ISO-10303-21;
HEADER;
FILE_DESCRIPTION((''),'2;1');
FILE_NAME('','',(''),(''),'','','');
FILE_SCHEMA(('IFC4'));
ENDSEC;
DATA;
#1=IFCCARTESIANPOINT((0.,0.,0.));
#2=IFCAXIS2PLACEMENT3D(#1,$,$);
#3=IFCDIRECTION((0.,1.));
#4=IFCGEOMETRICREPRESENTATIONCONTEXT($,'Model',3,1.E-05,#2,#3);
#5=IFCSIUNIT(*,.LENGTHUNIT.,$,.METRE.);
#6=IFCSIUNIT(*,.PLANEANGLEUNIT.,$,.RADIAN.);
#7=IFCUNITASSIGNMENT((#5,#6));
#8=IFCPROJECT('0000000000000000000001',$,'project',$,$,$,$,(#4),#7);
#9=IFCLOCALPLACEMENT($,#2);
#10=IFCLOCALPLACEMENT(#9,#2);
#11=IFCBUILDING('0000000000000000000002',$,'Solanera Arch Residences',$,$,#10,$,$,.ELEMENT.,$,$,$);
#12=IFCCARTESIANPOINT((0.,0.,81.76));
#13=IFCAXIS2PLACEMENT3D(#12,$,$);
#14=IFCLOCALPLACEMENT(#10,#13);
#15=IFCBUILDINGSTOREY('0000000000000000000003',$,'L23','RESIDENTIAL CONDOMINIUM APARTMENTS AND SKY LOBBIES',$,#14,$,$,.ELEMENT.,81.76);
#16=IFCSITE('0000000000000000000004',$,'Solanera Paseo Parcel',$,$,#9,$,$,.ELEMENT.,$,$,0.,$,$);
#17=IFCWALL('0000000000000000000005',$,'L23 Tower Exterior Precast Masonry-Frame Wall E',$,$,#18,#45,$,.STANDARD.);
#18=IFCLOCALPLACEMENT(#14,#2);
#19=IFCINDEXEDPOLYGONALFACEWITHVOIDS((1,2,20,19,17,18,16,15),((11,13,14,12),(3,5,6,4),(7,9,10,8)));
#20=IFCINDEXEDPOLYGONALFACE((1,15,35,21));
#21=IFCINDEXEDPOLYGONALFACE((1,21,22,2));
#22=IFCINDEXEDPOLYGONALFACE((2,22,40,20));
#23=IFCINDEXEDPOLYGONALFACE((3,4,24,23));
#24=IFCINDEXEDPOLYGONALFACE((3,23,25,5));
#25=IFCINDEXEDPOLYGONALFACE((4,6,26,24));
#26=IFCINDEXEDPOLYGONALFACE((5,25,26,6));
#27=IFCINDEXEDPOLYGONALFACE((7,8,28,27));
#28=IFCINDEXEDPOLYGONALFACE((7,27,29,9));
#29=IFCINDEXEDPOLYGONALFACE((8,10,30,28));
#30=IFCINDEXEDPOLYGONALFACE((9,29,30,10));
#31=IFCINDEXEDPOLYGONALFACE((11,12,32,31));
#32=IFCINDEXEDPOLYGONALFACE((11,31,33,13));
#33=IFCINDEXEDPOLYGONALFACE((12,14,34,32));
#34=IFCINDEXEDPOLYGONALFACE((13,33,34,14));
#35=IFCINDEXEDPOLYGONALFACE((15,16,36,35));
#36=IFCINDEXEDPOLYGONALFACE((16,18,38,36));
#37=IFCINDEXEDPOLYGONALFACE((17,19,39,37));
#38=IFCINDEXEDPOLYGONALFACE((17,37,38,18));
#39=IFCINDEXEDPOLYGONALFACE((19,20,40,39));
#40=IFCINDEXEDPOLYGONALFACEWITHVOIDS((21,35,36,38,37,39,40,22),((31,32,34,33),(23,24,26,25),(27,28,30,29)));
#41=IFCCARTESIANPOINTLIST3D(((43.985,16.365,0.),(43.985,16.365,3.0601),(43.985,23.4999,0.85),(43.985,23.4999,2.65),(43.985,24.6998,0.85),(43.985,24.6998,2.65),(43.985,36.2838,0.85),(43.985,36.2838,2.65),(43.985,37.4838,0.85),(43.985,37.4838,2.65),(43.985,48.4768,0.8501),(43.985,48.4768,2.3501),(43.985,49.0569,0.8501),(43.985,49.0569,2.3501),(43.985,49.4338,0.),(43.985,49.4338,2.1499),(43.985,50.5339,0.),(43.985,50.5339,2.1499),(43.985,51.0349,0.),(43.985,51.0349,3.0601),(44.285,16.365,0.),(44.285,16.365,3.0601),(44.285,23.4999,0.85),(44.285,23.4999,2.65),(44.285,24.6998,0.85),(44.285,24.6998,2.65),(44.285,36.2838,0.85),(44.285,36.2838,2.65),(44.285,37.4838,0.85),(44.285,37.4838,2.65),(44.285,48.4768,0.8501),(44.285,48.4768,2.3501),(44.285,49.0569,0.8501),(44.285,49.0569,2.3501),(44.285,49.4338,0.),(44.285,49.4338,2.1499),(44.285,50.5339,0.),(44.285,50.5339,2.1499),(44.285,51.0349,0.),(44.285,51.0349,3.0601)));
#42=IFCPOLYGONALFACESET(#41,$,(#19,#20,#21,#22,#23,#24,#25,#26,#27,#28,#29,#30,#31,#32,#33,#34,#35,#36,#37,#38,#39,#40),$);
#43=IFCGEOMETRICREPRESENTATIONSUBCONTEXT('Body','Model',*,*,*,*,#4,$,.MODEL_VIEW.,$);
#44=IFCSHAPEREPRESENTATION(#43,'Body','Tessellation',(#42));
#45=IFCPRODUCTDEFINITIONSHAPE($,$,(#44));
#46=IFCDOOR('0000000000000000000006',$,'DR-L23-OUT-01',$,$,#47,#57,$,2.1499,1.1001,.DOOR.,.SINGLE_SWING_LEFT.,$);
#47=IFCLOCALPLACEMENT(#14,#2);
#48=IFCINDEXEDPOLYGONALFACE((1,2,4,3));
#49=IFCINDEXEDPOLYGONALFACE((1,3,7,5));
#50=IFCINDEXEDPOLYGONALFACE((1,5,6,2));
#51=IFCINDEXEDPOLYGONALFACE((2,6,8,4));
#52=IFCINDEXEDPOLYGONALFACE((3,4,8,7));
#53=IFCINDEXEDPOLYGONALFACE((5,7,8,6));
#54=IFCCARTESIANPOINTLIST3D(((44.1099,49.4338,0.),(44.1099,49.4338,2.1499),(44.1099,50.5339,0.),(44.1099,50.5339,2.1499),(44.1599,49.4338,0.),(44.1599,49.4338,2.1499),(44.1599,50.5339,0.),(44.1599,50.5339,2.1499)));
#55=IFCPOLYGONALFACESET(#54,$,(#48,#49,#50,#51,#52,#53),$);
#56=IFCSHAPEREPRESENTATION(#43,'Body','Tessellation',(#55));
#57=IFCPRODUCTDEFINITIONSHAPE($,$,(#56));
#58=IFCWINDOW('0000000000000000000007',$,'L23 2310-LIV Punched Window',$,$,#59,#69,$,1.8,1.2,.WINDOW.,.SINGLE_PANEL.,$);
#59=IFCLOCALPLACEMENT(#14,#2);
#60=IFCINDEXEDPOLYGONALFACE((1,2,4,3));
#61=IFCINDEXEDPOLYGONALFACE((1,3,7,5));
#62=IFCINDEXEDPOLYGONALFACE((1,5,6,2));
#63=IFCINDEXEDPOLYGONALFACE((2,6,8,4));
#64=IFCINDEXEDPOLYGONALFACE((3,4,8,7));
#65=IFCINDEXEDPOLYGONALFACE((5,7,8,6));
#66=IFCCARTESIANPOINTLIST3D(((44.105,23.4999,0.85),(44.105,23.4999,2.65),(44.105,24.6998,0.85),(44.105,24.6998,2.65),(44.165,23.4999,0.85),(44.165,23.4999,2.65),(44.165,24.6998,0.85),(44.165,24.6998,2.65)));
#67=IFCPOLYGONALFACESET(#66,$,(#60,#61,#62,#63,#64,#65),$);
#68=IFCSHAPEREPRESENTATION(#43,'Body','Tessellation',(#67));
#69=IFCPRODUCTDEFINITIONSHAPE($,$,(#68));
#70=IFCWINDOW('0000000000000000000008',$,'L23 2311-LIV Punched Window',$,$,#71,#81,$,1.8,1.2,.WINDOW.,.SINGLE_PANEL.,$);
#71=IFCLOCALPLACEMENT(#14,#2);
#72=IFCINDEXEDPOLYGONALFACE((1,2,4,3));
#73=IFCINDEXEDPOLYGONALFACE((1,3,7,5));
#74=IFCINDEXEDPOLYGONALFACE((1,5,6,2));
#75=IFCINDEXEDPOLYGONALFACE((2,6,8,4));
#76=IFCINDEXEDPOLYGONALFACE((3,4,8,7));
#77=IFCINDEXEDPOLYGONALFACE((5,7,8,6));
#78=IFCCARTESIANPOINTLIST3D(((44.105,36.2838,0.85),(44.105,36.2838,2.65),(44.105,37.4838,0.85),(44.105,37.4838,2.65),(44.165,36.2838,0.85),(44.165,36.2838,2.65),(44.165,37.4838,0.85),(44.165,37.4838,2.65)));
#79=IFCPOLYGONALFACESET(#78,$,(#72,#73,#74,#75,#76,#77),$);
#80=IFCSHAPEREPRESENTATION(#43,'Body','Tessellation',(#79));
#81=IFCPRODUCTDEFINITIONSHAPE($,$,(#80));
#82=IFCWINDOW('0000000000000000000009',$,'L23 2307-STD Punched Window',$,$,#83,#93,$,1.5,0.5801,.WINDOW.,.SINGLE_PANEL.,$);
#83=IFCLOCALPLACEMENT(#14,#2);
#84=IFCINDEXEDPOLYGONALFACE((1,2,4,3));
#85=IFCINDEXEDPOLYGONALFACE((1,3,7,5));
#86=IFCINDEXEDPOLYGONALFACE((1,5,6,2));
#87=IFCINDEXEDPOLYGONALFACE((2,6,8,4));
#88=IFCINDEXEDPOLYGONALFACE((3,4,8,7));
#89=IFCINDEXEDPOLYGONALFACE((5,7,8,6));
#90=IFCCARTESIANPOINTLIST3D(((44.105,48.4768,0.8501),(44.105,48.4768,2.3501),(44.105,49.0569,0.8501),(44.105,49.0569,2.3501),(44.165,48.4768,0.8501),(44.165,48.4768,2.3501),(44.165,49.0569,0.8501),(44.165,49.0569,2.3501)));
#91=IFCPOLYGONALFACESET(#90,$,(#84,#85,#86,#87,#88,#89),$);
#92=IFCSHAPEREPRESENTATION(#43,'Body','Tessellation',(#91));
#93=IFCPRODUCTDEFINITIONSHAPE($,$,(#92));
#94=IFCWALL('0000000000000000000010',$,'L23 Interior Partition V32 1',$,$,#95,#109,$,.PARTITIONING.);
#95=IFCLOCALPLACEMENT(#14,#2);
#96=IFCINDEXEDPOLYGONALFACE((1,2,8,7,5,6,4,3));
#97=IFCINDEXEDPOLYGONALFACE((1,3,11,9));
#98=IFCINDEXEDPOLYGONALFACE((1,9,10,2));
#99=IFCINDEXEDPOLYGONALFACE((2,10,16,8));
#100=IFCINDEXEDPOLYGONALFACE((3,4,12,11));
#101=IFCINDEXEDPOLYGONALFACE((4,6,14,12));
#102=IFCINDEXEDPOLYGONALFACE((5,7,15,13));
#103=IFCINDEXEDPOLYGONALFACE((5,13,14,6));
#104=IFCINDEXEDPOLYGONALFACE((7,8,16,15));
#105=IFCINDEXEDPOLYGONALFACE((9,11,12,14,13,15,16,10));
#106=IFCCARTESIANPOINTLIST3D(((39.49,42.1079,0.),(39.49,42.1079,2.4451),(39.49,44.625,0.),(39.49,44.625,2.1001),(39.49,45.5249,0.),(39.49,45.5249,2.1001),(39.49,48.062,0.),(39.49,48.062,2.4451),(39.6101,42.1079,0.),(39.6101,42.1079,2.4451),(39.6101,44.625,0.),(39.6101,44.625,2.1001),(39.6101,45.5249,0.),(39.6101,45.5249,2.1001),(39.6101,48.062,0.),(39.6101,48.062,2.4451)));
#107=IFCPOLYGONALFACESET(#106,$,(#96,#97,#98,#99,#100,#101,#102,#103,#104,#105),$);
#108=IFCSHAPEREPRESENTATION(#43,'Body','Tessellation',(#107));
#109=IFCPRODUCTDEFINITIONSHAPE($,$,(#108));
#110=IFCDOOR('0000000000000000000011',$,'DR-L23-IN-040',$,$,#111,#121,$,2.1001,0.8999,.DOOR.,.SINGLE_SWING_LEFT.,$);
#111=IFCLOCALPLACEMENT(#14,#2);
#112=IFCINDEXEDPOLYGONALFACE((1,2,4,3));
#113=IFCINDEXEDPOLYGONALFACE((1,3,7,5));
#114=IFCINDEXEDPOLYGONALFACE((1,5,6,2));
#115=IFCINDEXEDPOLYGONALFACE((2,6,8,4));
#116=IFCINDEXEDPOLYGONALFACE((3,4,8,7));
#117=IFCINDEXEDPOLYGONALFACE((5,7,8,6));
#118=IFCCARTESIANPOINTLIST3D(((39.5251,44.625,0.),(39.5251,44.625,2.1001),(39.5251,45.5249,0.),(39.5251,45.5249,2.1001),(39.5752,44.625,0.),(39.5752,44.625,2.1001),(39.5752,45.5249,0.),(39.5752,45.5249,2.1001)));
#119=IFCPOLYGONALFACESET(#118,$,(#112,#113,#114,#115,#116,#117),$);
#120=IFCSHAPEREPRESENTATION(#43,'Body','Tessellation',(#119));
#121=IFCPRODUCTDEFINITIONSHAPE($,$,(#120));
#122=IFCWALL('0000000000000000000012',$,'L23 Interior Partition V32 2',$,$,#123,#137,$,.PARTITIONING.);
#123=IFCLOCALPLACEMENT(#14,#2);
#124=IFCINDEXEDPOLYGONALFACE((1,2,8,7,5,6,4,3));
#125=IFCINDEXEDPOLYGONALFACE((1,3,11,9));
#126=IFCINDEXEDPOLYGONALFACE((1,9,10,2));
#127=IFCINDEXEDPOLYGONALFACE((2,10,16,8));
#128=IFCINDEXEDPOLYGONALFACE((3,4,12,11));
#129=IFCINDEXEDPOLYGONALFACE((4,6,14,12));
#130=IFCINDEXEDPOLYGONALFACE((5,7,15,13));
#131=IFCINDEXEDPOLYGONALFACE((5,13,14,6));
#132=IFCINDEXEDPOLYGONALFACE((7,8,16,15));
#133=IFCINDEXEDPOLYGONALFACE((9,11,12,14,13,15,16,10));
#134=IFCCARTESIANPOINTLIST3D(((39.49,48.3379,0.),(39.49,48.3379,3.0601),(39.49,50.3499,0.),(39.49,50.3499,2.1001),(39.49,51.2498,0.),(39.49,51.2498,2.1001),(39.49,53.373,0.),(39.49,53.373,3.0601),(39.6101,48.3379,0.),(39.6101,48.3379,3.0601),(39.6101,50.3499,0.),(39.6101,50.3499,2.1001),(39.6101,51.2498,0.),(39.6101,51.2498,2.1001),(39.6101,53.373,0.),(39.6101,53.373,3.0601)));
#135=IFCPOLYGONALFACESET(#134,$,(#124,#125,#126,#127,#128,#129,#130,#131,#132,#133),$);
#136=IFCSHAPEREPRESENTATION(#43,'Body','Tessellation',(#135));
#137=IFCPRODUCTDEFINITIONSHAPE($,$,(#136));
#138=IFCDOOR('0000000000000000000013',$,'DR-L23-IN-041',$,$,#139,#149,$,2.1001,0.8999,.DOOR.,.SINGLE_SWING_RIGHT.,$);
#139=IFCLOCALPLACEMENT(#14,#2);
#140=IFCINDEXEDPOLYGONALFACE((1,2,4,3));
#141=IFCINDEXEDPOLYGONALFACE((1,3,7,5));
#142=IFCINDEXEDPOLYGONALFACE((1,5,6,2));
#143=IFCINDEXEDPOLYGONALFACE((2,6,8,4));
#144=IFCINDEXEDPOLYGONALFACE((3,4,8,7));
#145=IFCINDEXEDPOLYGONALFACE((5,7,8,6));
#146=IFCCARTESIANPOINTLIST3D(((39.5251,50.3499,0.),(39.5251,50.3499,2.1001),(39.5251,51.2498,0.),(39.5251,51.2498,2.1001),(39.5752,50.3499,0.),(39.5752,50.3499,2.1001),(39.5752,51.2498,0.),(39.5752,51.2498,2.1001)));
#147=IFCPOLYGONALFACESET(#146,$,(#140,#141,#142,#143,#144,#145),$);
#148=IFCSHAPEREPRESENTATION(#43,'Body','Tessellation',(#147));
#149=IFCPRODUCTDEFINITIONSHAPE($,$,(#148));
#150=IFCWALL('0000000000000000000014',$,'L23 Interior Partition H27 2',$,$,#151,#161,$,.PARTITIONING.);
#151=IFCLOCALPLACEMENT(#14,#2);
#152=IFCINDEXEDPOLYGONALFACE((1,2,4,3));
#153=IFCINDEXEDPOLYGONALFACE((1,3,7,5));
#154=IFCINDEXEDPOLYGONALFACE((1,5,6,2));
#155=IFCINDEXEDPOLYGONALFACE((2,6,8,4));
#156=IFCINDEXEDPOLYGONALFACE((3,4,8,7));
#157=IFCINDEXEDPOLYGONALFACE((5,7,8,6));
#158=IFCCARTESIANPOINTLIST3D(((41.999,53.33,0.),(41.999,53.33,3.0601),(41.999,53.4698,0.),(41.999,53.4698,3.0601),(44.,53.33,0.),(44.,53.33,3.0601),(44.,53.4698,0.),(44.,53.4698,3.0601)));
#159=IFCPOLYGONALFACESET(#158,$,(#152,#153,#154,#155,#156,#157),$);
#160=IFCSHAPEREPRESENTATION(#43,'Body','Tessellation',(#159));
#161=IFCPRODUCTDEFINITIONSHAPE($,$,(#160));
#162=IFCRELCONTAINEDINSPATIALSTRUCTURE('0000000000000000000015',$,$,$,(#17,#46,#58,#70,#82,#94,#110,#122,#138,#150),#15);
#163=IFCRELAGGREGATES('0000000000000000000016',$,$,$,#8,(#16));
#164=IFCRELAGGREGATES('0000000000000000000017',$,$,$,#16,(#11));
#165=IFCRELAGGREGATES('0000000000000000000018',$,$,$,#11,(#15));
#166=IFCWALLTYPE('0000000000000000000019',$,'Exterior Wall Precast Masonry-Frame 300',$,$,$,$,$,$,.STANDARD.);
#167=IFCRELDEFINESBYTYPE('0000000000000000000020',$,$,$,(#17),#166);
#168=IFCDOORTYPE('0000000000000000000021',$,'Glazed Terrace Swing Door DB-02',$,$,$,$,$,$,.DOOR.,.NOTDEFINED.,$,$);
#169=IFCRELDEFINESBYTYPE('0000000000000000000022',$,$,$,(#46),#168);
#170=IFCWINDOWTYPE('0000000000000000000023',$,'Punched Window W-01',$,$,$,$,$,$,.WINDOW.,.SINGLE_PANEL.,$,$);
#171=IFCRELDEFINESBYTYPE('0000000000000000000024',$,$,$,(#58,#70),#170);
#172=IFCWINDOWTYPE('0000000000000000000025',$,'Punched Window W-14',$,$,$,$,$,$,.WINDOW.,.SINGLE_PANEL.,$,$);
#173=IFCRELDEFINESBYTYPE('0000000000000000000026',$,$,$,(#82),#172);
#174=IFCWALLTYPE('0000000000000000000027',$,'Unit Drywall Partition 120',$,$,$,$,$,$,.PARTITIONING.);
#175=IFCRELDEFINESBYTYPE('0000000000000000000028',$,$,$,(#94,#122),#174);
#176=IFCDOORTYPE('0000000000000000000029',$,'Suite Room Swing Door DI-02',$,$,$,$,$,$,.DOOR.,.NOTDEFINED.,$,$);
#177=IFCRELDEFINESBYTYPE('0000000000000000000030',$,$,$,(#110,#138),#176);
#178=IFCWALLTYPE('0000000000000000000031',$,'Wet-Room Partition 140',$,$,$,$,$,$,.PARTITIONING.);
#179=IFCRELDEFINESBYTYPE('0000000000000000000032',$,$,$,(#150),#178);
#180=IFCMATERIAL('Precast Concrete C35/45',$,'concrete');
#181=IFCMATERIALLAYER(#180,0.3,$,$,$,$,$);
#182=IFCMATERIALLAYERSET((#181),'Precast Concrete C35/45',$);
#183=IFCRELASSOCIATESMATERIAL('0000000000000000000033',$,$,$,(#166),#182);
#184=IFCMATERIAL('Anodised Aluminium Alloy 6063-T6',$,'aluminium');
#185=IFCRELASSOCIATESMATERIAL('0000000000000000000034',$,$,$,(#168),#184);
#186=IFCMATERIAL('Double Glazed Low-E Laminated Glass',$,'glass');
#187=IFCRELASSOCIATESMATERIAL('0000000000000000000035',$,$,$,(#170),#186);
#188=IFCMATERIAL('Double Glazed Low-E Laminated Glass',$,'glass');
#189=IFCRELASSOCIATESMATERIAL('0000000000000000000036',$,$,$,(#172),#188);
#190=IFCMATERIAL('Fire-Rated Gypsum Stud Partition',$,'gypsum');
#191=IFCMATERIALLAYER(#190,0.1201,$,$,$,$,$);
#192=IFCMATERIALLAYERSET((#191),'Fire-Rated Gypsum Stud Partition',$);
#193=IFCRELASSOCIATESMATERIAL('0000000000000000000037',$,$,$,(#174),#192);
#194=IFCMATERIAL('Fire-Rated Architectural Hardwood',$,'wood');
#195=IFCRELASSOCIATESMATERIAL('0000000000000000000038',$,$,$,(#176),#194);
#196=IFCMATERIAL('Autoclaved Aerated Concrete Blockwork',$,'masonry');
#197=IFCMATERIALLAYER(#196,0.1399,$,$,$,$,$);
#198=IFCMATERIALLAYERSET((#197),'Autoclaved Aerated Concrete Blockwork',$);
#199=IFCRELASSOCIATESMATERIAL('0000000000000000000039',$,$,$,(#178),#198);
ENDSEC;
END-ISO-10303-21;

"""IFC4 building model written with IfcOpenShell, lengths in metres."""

from ifc_helpers import new_model, si_unit, direction, frame, frame_2d, origin, place, context, subcontext, project, spatial, rectangle, extrude, material, layer, layer_set, type_object, element, fill, save


model = new_model("IFC4")

# Units and contexts
model_context = context("Model", 3, precision=1e-05, world=origin(), true_north=direction((0.0, 1.0)))
body_context = subcontext(model_context, "Body", "Model", "MODEL_VIEW")
ifc_project = project(units=[si_unit("LENGTHUNIT", "METRE"), si_unit("PLANEANGLEUNIT", "RADIAN")], contexts=[model_context])

# Site, building, storey
site_placement = place(None, origin())
site = spatial("IfcSite", under=ifc_project, at=site_placement, Name="Solanera Paseo Parcel", CompositionType="ELEMENT", RefElevation=0.0)
building_placement = place(site_placement, origin())
building = spatial("IfcBuilding", under=site, at=building_placement, Name="Solanera Arch Residences", CompositionType="ELEMENT")
storey_placement = place(building_placement, frame((0.0, 0.0, 81.76)))
storey = spatial("IfcBuildingStorey", under=building, at=storey_placement, Name="L23", Description="RESIDENTIAL CONDOMINIUM APARTMENTS AND SKY LOBBIES", CompositionType="ELEMENT", Elevation=81.76)

# Shared definitions
ifc_material_1 = material(Name="Precast Concrete C35/45", Category="concrete")
ifc_layer_1 = layer(ifc_material_1, 0.3)
ifc_layer_set_1 = layer_set([ifc_layer_1], Name="Precast Concrete C35/45")
wall_type_1 = type_object("IfcWallType", Name="Exterior Wall Precast Masonry-Frame 300", PredefinedType="STANDARD", material=ifc_layer_set_1)

# Wall, openings, door, windows
wall_1_placement = place(storey_placement, frame((44.135, 51.0349, 0.0), z_axis=(0.0, 0.0, 1.0), x_axis=(0.0, -1.0, 0.0)))
wall_1 = element("IfcWall", 1, at=wall_1_placement, inside=storey, type_object=wall_type_1, Name="L23 Tower Exterior Precast Masonry-Frame Wall E", PredefinedType="STANDARD", context=body_context, shape_type="SweptSolid", body=[
    extrude(rectangle(XDim=34.6699, YDim=0.3, at=frame_2d((17.335, 0.0))), origin(), (0.0, 0.0, 1.0), 3.0601),
])
opening_1_placement = place(wall_1_placement, frame((0.501, 0.0, 0.0)))
opening_1 = element("IfcOpeningElement", 2, at=opening_1_placement, cuts=wall_1, PredefinedType="OPENING", context=body_context, shape_type="SweptSolid", body=[
    extrude(rectangle(XDim=1.1001, YDim=2.1499, at=frame_2d((0.55, 1.075))), frame((0.0, 0.1599, 0.0), z_axis=(0.0, -1.0, 0.0), x_axis=(1.0, 0.0, 0.0)), (0.0, 0.0, 1.0), 0.32),
])
opening_2_placement = place(wall_1_placement, frame((1.978, 0.0, 0.8501)))
opening_2 = element("IfcOpeningElement", 3, at=opening_2_placement, cuts=wall_1, PredefinedType="OPENING", context=body_context, shape_type="SweptSolid", body=[
    extrude(rectangle(XDim=0.5801, YDim=1.5, at=frame_2d((0.29, 0.75))), frame((0.0, 0.1599, 0.0), z_axis=(0.0, -1.0, 0.0), x_axis=(1.0, 0.0, 0.0)), (0.0, 0.0, 1.0), 0.32),
])
opening_3_placement = place(wall_1_placement, frame((26.335, 0.0, 0.8501)))
opening_3 = element("IfcOpeningElement", 4, at=opening_3_placement, cuts=wall_1, PredefinedType="OPENING", context=body_context, shape_type="SweptSolid", body=[
    extrude(rectangle(XDim=1.2, YDim=1.8, at=frame_2d((0.6001, 0.8999))), frame((0.0, 0.1599, 0.0), z_axis=(0.0, -1.0, 0.0), x_axis=(1.0, 0.0, 0.0)), (0.0, 0.0, 1.0), 0.32),
])
opening_4_placement = place(wall_1_placement, frame((13.551, 0.0, 0.8501)))
opening_4 = element("IfcOpeningElement", 5, at=opening_4_placement, cuts=wall_1, PredefinedType="OPENING", context=body_context, shape_type="SweptSolid", body=[
    extrude(rectangle(XDim=1.2, YDim=1.8, at=frame_2d((0.6001, 0.8999))), frame((0.0, 0.1599, 0.0), z_axis=(0.0, -1.0, 0.0), x_axis=(1.0, 0.0, 0.0)), (0.0, 0.0, 1.0), 0.32),
])
ifc_material_2 = material(Name="Anodised Aluminium Alloy 6063-T6", Category="aluminium")
door_type_1 = type_object("IfcDoorType", Name="Glazed Terrace Swing Door DB-02", OperationType="NOTDEFINED", PredefinedType="DOOR", material=ifc_material_2)
door_1_placement = place(opening_1_placement, origin())
door_1 = element("IfcDoor", 6, at=door_1_placement, inside=storey, type_object=door_type_1, Name="DR-L23-OUT-01", OperationType="SINGLE_SWING_LEFT", OverallHeight=2.1499, OverallWidth=1.1001, PredefinedType="DOOR", context=body_context, shape_type="SweptSolid", body=[
    extrude(rectangle(XDim=1.1001, YDim=2.1499, at=frame_2d((0.55, 1.075))), frame((0.0, 0.0249, 0.0), z_axis=(0.0, -1.0, 0.0), x_axis=(1.0, 0.0, 0.0)), (0.0, 0.0, 1.0), 0.05),
])
fill(opening_1, door_1)
ifc_material_3 = material(Name="Double Glazed Low-E Laminated Glass", Category="glass")
window_type_1 = type_object("IfcWindowType", Name="Punched Window W-01", PartitioningType="SINGLE_PANEL", PredefinedType="WINDOW", material=ifc_material_3)
window_1_placement = place(opening_3_placement, origin())
window_1 = element("IfcWindow", 7, at=window_1_placement, inside=storey, type_object=window_type_1, Name="L23 2310-LIV Punched Window", OverallHeight=1.8, OverallWidth=1.2, PartitioningType="SINGLE_PANEL", PredefinedType="WINDOW", context=body_context, shape_type="SweptSolid", body=[
    extrude(rectangle(XDim=1.2, YDim=1.8, at=frame_2d((0.6001, 0.8999))), frame((0.0, 0.03, 0.0), z_axis=(0.0, -1.0, 0.0), x_axis=(1.0, 0.0, 0.0)), (0.0, 0.0, 1.0), 0.0601),
])
fill(opening_3, window_1)
window_2_placement = place(opening_4_placement, origin())
window_2 = element("IfcWindow", 8, at=window_2_placement, inside=storey, type_object=window_type_1, Name="L23 2311-LIV Punched Window", OverallHeight=1.8, OverallWidth=1.2, PartitioningType="SINGLE_PANEL", PredefinedType="WINDOW", context=body_context, shape_type="SweptSolid", body=[
    extrude(rectangle(XDim=1.2, YDim=1.8, at=frame_2d((0.6001, 0.8999))), frame((0.0, 0.03, 0.0), z_axis=(0.0, -1.0, 0.0), x_axis=(1.0, 0.0, 0.0)), (0.0, 0.0, 1.0), 0.0601),
])
fill(opening_4, window_2)
ifc_material_4 = material(Name="Double Glazed Low-E Laminated Glass", Category="glass")
window_type_2 = type_object("IfcWindowType", Name="Punched Window W-14", PartitioningType="SINGLE_PANEL", PredefinedType="WINDOW", material=ifc_material_4)
window_3_placement = place(opening_2_placement, origin())
window_3 = element("IfcWindow", 9, at=window_3_placement, inside=storey, type_object=window_type_2, Name="L23 2307-STD Punched Window", OverallHeight=1.5, OverallWidth=0.5801, PartitioningType="SINGLE_PANEL", PredefinedType="WINDOW", context=body_context, shape_type="SweptSolid", body=[
    extrude(rectangle(XDim=0.5801, YDim=1.5, at=frame_2d((0.29, 0.75))), frame((0.0, 0.03, 0.0), z_axis=(0.0, -1.0, 0.0), x_axis=(1.0, 0.0, 0.0)), (0.0, 0.0, 1.0), 0.0601),
])
fill(opening_2, window_3)

# Walls, openings, doors
ifc_material_5 = material(Name="Fire-Rated Gypsum Stud Partition", Category="gypsum")
ifc_layer_2 = layer(ifc_material_5, 0.1201)
ifc_layer_set_2 = layer_set([ifc_layer_2], Name="Fire-Rated Gypsum Stud Partition")
wall_type_2 = type_object("IfcWallType", Name="Unit Drywall Partition 120", PredefinedType="PARTITIONING", material=ifc_layer_set_2)
wall_2_placement = place(storey_placement, frame((39.55, 42.1079, 0.0), z_axis=(0.0, 0.0, 1.0), x_axis=(0.0, 1.0, 0.0)))
wall_2 = element("IfcWall", 10, at=wall_2_placement, inside=storey, type_object=wall_type_2, Name="L23 Interior Partition V32 1", PredefinedType="PARTITIONING", context=body_context, shape_type="SweptSolid", body=[
    extrude(rectangle(XDim=5.9541, YDim=0.1201, at=frame_2d((2.9771, 0.0))), origin(), (0.0, 0.0, 1.0), 2.4451),
])
opening_5_placement = place(wall_2_placement, frame((2.5171, 0.0, 0.0)))
opening_5 = element("IfcOpeningElement", 11, at=opening_5_placement, cuts=wall_2, PredefinedType="OPENING", context=body_context, shape_type="SweptSolid", body=[
    extrude(rectangle(XDim=0.8999, YDim=2.1001, at=frame_2d((0.45, 1.05))), frame((0.0, 0.0701, 0.0), z_axis=(0.0, -1.0, 0.0), x_axis=(1.0, 0.0, 0.0)), (0.0, 0.0, 1.0), 0.1401),
])
ifc_material_6 = material(Name="Fire-Rated Architectural Hardwood", Category="wood")
door_type_2 = type_object("IfcDoorType", Name="Suite Room Swing Door DI-02", OperationType="NOTDEFINED", PredefinedType="DOOR", material=ifc_material_6)
door_2_placement = place(opening_5_placement, origin())
door_2 = element("IfcDoor", 12, at=door_2_placement, inside=storey, type_object=door_type_2, Name="DR-L23-IN-040", OperationType="SINGLE_SWING_LEFT", OverallHeight=2.1001, OverallWidth=0.8999, PredefinedType="DOOR", context=body_context, shape_type="SweptSolid", body=[
    extrude(rectangle(XDim=0.8999, YDim=2.1001, at=frame_2d((0.45, 1.05))), frame((0.0, 0.0249, 0.0), z_axis=(0.0, -1.0, 0.0), x_axis=(1.0, 0.0, 0.0)), (0.0, 0.0, 1.0), 0.05),
])
fill(opening_5, door_2)
wall_3_placement = place(storey_placement, frame((39.55, 48.3379, 0.0), z_axis=(0.0, 0.0, 1.0), x_axis=(0.0, 1.0, 0.0)))
wall_3 = element("IfcWall", 13, at=wall_3_placement, inside=storey, type_object=wall_type_2, Name="L23 Interior Partition V32 2", PredefinedType="PARTITIONING", context=body_context, shape_type="SweptSolid", body=[
    extrude(rectangle(XDim=5.0352, YDim=0.1201, at=frame_2d((2.5176, 0.0))), origin(), (0.0, 0.0, 1.0), 3.0601),
])
opening_6_placement = place(wall_3_placement, frame((2.012, 0.0, 0.0)))
opening_6 = element("IfcOpeningElement", 14, at=opening_6_placement, cuts=wall_3, PredefinedType="OPENING", context=body_context, shape_type="SweptSolid", body=[
    extrude(rectangle(XDim=0.8999, YDim=2.1001, at=frame_2d((0.45, 1.05))), frame((0.0, 0.0701, 0.0), z_axis=(0.0, -1.0, 0.0), x_axis=(1.0, 0.0, 0.0)), (0.0, 0.0, 1.0), 0.1401),
])
door_3_placement = place(opening_6_placement, origin())
door_3 = element("IfcDoor", 15, at=door_3_placement, inside=storey, type_object=door_type_2, Name="DR-L23-IN-041", OperationType="SINGLE_SWING_RIGHT", OverallHeight=2.1001, OverallWidth=0.8999, PredefinedType="DOOR", context=body_context, shape_type="SweptSolid", body=[
    extrude(rectangle(XDim=0.8999, YDim=2.1001, at=frame_2d((0.45, 1.05))), frame((0.0, 0.0249, 0.0), z_axis=(0.0, -1.0, 0.0), x_axis=(1.0, 0.0, 0.0)), (0.0, 0.0, 1.0), 0.05),
])
fill(opening_6, door_3)

# Wall
ifc_material_7 = material(Name="Autoclaved Aerated Concrete Blockwork", Category="masonry")
ifc_layer_3 = layer(ifc_material_7, 0.1399)
ifc_layer_set_3 = layer_set([ifc_layer_3], Name="Autoclaved Aerated Concrete Blockwork")
wall_type_3 = type_object("IfcWallType", Name="Wet-Room Partition 140", PredefinedType="PARTITIONING", material=ifc_layer_set_3)
wall_4_placement = place(storey_placement, frame((41.999, 53.3999, 0.0), z_axis=(0.0, 0.0, 1.0), x_axis=(1.0, 0.0, 0.0)))
element("IfcWall", 16, at=wall_4_placement, inside=storey, type_object=wall_type_3, Name="L23 Interior Partition H27 2", PredefinedType="PARTITIONING", context=body_context, shape_type="SweptSolid", body=[
    extrude(rectangle(XDim=2.001, YDim=0.1399, at=frame_2d((1.0005, 0.0))), origin(), (0.0, 0.0, 1.0), 3.0601),
])

save(model, "model.ifc")
